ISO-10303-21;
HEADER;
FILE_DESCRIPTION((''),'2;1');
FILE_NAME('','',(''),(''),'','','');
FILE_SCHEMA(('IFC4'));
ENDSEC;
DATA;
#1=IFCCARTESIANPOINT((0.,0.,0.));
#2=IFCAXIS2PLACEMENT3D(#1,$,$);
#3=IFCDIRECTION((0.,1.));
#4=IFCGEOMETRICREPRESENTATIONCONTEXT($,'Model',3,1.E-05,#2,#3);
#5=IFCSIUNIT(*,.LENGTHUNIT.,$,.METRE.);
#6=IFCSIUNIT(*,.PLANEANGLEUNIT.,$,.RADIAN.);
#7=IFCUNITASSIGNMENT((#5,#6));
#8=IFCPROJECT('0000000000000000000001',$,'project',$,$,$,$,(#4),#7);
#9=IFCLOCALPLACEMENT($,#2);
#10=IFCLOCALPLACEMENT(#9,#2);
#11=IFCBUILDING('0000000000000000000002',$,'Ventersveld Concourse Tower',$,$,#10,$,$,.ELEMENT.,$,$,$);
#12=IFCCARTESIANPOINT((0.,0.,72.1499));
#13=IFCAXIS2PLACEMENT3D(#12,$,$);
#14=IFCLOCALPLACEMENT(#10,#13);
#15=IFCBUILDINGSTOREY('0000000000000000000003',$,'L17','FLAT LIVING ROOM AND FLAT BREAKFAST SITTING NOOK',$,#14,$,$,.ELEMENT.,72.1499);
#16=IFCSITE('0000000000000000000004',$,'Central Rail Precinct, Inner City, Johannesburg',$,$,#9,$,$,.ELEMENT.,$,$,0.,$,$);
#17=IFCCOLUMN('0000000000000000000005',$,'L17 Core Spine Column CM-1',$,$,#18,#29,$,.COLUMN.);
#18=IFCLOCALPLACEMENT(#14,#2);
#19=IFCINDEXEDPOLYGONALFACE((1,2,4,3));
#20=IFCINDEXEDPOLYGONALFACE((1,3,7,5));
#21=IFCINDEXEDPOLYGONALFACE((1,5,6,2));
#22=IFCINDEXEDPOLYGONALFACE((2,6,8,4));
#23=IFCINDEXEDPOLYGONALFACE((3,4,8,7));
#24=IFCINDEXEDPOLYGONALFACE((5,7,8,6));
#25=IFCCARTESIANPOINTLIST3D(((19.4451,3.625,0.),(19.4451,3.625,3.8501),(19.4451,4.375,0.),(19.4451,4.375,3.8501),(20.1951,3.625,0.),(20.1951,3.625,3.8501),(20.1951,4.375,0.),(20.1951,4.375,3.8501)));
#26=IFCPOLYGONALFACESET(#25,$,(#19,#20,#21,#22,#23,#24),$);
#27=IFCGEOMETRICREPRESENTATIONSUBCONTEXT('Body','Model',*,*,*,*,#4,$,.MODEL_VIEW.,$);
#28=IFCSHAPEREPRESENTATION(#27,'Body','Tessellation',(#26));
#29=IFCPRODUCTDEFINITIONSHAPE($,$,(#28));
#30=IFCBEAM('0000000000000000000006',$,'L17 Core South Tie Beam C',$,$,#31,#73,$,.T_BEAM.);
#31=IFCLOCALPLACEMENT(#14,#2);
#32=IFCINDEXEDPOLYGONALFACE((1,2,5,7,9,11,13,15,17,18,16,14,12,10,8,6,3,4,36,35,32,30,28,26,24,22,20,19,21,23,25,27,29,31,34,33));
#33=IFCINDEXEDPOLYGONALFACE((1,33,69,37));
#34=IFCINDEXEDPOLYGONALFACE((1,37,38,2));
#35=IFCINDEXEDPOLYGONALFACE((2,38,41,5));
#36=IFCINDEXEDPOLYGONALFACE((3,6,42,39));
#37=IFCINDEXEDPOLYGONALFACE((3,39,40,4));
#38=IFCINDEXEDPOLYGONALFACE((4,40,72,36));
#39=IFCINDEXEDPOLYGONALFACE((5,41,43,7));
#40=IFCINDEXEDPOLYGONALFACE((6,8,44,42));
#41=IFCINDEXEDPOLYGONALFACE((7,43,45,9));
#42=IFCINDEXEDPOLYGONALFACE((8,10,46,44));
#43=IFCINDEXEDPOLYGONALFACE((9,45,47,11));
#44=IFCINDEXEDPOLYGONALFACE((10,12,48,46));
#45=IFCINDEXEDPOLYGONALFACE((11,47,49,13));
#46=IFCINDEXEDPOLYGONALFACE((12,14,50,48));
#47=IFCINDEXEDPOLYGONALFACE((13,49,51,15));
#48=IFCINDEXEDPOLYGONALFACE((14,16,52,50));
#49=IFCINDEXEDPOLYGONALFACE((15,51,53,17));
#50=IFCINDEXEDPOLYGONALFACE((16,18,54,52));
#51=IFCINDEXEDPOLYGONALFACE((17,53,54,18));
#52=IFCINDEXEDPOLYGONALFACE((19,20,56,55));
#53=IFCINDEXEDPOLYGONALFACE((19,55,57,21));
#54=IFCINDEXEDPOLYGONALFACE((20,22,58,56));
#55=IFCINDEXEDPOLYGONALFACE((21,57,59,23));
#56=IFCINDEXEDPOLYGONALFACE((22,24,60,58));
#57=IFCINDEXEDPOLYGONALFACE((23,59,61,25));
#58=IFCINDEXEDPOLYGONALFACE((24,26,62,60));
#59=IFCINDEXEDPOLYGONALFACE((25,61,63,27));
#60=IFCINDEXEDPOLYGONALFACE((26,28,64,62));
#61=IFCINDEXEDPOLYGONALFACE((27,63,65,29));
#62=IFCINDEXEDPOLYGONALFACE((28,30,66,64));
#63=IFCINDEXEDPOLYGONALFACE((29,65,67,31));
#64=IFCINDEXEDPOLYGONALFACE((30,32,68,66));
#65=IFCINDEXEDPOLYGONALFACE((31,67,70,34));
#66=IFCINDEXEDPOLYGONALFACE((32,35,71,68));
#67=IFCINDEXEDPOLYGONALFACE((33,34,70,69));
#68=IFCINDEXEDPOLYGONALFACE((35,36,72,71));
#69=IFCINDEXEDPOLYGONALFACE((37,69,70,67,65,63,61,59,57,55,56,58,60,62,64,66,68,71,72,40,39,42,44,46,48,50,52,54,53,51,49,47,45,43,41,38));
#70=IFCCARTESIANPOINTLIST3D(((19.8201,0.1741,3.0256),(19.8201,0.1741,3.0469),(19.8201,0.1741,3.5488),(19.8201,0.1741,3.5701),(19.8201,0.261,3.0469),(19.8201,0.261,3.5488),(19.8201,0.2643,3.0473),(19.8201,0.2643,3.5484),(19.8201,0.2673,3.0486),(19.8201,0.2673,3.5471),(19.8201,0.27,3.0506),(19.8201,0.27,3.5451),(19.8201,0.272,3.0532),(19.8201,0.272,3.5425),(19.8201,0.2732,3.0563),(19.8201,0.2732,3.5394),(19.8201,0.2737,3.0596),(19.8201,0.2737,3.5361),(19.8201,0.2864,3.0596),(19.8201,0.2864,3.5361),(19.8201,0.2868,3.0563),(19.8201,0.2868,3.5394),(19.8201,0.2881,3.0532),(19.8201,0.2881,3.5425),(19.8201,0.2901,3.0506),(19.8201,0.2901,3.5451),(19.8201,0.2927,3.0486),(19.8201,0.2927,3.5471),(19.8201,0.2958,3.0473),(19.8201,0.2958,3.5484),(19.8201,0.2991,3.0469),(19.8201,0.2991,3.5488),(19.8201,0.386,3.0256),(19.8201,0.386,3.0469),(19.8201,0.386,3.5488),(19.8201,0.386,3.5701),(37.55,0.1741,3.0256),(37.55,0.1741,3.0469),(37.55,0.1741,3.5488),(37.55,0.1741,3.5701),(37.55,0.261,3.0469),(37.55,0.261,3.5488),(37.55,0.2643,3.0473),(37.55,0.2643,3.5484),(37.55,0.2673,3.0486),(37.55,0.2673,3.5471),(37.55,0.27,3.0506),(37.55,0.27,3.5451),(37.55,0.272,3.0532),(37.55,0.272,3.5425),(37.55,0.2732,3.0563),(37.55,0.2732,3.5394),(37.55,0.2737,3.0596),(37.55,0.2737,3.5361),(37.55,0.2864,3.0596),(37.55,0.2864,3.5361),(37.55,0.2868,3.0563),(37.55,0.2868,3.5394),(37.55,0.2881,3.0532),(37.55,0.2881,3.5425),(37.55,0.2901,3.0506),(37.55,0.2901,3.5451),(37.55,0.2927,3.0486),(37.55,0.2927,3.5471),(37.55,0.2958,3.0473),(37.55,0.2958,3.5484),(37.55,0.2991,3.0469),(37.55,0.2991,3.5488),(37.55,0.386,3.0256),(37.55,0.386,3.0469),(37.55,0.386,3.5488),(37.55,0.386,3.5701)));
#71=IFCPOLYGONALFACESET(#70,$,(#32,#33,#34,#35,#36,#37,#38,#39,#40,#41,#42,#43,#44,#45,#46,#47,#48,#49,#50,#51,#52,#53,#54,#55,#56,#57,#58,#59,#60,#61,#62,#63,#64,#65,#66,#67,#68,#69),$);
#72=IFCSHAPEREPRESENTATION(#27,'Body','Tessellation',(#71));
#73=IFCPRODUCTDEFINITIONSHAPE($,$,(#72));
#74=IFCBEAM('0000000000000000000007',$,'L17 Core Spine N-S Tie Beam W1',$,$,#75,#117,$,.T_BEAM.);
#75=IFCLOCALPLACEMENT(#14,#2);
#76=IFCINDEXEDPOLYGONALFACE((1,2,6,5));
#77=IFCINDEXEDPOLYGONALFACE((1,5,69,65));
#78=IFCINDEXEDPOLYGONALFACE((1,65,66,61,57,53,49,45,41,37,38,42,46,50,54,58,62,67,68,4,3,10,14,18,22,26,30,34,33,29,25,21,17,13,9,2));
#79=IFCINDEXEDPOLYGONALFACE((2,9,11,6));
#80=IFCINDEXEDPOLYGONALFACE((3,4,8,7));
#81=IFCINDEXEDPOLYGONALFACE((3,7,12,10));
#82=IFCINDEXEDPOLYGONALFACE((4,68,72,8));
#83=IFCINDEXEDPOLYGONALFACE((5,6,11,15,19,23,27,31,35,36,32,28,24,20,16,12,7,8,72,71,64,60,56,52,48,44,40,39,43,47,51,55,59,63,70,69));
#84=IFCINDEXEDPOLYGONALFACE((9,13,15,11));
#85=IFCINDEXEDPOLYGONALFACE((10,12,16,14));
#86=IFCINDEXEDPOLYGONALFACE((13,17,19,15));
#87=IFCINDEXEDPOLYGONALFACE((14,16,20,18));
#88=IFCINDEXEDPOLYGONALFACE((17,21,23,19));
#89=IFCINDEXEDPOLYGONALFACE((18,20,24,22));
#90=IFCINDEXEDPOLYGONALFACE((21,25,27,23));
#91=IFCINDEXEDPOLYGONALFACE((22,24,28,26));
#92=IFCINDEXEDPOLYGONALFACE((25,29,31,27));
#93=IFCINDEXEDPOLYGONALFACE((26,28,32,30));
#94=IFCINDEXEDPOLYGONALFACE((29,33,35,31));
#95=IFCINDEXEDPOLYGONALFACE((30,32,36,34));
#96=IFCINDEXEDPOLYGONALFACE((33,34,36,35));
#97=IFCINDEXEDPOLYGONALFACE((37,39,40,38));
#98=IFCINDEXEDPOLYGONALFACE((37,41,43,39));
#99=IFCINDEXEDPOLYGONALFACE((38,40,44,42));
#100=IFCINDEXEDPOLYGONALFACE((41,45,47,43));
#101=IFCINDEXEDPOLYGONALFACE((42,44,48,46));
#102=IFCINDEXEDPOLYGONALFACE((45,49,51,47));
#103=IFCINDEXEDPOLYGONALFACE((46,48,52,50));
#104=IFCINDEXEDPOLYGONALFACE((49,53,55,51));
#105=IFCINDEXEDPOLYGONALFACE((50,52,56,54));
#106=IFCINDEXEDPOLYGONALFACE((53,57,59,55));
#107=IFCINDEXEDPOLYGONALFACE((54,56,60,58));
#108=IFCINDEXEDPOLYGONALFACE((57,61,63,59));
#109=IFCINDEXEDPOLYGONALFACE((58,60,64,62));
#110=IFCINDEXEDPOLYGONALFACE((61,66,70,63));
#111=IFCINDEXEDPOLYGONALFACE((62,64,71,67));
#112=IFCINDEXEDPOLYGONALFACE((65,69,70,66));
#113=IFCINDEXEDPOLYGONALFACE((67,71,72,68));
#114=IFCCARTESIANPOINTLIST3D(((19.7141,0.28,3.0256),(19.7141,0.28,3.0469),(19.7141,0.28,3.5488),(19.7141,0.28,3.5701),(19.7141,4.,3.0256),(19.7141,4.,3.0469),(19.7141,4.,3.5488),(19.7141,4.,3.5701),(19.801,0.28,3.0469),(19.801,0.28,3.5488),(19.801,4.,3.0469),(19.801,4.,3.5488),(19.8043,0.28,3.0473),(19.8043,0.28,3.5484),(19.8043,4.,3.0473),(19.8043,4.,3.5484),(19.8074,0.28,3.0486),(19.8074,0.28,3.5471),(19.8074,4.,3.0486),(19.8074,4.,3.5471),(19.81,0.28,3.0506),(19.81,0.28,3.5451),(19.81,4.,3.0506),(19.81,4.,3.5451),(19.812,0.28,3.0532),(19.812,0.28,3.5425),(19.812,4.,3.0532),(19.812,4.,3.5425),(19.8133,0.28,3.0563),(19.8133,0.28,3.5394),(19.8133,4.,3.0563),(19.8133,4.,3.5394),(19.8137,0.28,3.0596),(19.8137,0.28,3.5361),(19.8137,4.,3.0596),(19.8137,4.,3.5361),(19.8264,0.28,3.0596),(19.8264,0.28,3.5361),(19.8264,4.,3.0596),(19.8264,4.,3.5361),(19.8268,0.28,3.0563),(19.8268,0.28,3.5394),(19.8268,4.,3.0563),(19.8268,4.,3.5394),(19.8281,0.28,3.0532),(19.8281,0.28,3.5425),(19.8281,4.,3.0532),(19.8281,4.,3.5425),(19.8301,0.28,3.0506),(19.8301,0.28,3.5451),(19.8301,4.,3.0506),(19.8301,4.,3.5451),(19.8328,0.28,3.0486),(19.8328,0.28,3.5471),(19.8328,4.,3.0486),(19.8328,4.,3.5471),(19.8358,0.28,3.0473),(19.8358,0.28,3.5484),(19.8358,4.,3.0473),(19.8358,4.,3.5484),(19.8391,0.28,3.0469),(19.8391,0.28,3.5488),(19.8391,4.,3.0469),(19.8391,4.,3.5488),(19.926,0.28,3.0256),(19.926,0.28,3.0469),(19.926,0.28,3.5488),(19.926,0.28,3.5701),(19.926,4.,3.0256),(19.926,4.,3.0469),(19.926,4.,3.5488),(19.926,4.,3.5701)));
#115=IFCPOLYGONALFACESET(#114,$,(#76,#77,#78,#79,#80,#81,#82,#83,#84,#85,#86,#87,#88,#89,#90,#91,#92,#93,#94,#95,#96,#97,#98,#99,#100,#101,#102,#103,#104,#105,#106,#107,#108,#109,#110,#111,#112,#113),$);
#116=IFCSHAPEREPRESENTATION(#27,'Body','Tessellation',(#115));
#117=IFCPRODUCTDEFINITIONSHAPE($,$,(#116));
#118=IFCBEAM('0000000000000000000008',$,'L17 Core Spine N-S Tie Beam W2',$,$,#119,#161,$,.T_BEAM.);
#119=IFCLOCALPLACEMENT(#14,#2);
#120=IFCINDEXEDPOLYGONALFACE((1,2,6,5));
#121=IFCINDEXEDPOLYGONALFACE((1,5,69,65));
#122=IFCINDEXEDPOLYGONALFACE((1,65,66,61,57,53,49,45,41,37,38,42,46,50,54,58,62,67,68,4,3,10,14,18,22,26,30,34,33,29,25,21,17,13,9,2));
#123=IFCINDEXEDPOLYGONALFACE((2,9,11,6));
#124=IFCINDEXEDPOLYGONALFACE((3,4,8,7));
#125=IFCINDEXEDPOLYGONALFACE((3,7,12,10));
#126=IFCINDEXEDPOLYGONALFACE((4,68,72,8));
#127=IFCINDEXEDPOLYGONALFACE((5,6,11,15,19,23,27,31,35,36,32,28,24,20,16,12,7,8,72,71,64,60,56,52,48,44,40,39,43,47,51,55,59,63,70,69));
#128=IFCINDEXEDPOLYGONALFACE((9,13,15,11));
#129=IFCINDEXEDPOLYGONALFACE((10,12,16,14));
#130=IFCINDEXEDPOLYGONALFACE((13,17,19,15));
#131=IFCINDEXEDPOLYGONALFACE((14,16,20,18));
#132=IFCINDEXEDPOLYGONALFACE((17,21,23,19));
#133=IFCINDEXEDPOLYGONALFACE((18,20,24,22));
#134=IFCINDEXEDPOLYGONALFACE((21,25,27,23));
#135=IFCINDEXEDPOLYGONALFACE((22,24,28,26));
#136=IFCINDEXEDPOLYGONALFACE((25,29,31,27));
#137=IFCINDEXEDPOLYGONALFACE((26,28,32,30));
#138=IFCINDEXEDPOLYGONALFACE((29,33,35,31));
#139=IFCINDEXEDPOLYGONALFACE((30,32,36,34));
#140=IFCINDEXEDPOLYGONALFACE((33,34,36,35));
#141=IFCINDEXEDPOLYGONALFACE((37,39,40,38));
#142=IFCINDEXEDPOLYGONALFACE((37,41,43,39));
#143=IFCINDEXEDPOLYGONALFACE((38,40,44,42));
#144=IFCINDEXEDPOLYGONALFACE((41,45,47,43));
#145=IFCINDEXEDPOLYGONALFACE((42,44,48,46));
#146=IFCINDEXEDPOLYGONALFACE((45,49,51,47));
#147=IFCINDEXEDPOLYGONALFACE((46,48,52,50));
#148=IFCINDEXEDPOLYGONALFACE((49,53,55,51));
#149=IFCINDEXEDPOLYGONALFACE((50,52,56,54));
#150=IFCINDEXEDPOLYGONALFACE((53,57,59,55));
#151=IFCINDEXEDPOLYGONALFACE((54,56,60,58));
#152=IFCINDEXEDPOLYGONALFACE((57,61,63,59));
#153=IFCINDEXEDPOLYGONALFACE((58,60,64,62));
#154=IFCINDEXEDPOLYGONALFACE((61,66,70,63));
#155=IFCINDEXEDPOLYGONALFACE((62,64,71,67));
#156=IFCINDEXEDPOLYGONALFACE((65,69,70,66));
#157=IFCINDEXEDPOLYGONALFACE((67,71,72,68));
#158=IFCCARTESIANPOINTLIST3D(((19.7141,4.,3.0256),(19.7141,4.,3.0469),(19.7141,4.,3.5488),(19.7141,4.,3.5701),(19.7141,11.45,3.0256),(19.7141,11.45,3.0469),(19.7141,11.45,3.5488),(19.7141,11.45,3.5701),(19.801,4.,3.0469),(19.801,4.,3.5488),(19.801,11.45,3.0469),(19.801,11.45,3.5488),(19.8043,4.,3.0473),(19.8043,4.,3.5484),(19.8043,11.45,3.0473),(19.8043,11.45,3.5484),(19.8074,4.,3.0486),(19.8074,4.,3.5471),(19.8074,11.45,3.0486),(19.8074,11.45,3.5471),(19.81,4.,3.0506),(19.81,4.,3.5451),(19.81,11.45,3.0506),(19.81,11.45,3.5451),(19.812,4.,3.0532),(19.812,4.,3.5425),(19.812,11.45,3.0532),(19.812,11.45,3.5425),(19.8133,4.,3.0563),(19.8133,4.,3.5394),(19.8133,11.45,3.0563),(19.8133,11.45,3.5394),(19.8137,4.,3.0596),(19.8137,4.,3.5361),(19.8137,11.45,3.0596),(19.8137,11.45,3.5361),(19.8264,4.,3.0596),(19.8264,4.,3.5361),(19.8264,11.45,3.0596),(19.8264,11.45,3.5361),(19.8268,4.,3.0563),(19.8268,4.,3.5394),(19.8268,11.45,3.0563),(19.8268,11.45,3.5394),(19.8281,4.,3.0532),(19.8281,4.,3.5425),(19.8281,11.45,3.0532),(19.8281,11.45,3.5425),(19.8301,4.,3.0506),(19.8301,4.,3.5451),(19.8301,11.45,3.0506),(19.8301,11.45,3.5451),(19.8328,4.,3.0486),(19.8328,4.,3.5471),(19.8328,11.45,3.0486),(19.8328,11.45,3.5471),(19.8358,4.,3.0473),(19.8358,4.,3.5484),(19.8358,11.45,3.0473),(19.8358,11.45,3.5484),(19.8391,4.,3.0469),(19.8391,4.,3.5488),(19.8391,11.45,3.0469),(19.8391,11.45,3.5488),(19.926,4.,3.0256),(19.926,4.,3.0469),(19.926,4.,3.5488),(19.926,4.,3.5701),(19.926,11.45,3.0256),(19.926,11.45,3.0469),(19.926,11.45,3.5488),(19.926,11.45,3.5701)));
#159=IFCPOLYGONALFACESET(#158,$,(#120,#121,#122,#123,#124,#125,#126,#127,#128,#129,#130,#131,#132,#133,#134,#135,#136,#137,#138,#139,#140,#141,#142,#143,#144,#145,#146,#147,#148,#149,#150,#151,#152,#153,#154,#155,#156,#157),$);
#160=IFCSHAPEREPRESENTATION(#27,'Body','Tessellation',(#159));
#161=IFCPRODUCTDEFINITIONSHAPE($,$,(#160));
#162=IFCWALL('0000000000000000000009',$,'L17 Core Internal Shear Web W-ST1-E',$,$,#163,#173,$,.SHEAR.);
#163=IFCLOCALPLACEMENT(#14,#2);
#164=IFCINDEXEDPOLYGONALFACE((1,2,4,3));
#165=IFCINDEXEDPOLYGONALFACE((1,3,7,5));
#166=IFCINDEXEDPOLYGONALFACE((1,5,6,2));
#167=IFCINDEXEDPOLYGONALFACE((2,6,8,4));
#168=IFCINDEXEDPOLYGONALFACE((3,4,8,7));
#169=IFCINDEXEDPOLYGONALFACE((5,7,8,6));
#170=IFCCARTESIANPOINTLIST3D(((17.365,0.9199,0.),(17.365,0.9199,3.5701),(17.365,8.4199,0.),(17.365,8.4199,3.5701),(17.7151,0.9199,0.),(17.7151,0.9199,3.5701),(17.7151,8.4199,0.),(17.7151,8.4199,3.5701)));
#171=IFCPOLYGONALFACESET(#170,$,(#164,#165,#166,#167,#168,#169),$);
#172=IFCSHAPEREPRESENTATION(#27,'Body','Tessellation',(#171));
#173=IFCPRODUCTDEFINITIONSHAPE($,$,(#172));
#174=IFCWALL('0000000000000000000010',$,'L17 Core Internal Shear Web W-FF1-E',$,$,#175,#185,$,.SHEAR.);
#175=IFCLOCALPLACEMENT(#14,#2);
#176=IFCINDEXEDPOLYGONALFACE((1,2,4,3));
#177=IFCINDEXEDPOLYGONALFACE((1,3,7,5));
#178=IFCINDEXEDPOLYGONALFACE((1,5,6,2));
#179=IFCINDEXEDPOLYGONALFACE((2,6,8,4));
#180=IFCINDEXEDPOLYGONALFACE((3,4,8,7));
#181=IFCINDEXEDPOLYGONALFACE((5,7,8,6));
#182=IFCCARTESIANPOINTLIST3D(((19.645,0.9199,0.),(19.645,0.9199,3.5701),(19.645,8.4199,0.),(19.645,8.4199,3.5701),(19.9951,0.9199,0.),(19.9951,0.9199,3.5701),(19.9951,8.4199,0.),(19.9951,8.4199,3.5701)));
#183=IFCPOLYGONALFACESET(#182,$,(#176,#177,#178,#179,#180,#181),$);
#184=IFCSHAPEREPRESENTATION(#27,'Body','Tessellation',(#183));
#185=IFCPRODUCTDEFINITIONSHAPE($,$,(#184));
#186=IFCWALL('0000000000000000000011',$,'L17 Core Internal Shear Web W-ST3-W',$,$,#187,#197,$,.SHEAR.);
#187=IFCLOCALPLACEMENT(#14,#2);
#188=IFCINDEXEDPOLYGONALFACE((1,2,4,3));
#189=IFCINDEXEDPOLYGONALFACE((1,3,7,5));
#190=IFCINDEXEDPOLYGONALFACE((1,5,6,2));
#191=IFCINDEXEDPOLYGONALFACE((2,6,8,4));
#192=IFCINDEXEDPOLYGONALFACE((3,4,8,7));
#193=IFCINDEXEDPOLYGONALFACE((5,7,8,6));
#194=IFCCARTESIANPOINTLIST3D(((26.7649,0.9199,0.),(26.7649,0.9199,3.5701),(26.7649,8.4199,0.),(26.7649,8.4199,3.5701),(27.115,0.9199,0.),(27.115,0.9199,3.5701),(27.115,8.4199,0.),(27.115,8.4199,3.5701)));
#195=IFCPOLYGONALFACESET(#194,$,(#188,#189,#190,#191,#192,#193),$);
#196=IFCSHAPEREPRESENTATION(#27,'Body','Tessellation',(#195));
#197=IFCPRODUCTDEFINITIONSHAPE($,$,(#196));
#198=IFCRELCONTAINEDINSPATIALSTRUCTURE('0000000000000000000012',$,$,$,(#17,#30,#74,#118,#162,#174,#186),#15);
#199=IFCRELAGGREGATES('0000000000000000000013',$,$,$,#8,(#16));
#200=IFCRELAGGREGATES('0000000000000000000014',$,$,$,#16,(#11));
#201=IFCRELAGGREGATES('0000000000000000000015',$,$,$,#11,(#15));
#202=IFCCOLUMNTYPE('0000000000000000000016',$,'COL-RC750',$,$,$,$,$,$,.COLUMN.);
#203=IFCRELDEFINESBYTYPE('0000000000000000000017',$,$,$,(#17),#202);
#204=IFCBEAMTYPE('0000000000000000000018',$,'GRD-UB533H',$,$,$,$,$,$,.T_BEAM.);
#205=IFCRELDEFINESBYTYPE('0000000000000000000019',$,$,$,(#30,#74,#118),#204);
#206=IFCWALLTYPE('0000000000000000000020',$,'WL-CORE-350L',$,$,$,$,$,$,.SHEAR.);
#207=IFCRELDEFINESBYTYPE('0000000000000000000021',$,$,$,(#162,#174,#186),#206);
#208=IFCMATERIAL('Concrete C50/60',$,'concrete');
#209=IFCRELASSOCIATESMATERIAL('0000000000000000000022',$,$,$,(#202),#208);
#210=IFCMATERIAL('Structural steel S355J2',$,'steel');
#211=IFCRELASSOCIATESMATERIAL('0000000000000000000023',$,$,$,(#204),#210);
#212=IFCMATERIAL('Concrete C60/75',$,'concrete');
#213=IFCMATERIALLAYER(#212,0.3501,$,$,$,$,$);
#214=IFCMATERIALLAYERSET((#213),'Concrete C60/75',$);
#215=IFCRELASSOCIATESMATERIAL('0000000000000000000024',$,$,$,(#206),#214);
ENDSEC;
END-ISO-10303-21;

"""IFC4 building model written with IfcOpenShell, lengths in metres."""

from ifc_helpers import new_model, si_unit, direction, frame, frame_2d, origin, origin_2d, place, context, subcontext, project, spatial, rectangle, i_section, extrude, material, layer, layer_set, material_profile, profile_set, type_object, element, save


model = new_model("IFC4")

# Units and contexts
model_context = context("Model", 3, precision=1e-05, world=origin(), true_north=direction((0.0, 1.0)))
body_context = subcontext(model_context, "Body", "Model", "MODEL_VIEW")
ifc_project = project(units=[si_unit("LENGTHUNIT", "METRE"), si_unit("PLANEANGLEUNIT", "RADIAN")], contexts=[model_context])

# Site, building, storey
site_placement = place(None, origin())
site = spatial("IfcSite", under=ifc_project, at=site_placement, Name="Central Rail Precinct, Inner City, Johannesburg", CompositionType="ELEMENT", RefElevation=0.0)
building_placement = place(site_placement, origin())
building = spatial("IfcBuilding", under=site, at=building_placement, Name="Ventersveld Concourse Tower", CompositionType="ELEMENT")
storey_placement = place(building_placement, frame((0.0, 0.0, 72.1499)))
storey = spatial("IfcBuildingStorey", under=building, at=storey_placement, Name="L17", Description="FLAT LIVING ROOM AND FLAT BREAKFAST SITTING NOOK", CompositionType="ELEMENT", Elevation=72.1499)

# Column
ifc_material_1 = material(Name="Concrete C50/60", Category="concrete")
ifc_material_profile_1 = material_profile(ifc_material_1, rectangle(XDim=0.75, YDim=0.75, at=origin_2d()), Name="RC 750x750")
ifc_profile_set_1 = profile_set([ifc_material_profile_1], Name="Concrete C50/60")
column_type = type_object("IfcColumnType", Name="COL-RC750", PredefinedType="COLUMN", material=ifc_profile_set_1)
column_placement = place(storey_placement, frame((19.8201, 4.0, 0.0), z_axis=(0.0, 0.0, 1.0), x_axis=(1.0, 0.0, 0.0)))
element("IfcColumn", 1, at=column_placement, inside=storey, type_object=column_type, Name="L17 Core Spine Column CM-1", PredefinedType="COLUMN", context=body_context, shape_type="SweptSolid", body=[
    extrude(rectangle(XDim=0.75, YDim=0.75, at=origin_2d()), origin(), (0.0, 0.0, 1.0), 3.8501),
])

# Beams
ifc_material_2 = material(Name="Structural steel S355J2", Category="steel")
ifc_material_profile_2 = material_profile(ifc_material_2, i_section(OverallWidth=0.2119, OverallDepth=0.5444, WebThickness=0.0127, FlangeThickness=0.0212, FilletRadius=0.0127, at=origin_2d()), Name="UB 533x210x122")
ifc_profile_set_2 = profile_set([ifc_material_profile_2], Name="Structural steel S355J2")
beam_type = type_object("IfcBeamType", Name="GRD-UB533H", PredefinedType="T_BEAM", material=ifc_profile_set_2)
beam_1_placement = place(storey_placement, frame((19.8201, 0.28, 3.2979), z_axis=(1.0, 0.0, 0.0), x_axis=(0.0, 1.0, 0.0)))
element("IfcBeam", 2, at=beam_1_placement, inside=storey, type_object=beam_type, Name="L17 Core South Tie Beam C", PredefinedType="T_BEAM", context=body_context, shape_type="SweptSolid", body=[
    extrude(i_section(OverallWidth=0.2119, OverallDepth=0.5444, WebThickness=0.0127, FlangeThickness=0.0212, FilletRadius=0.0127, at=origin_2d()), origin(), (0.0, 0.0, 1.0), 17.73),
])
beam_2_placement = place(storey_placement, frame((19.8201, 0.28, 3.2979), z_axis=(0.0, 1.0, 0.0), x_axis=(-1.0, 0.0, 0.0)))
element("IfcBeam", 3, at=beam_2_placement, inside=storey, type_object=beam_type, Name="L17 Core Spine N-S Tie Beam W1", PredefinedType="T_BEAM", context=body_context, shape_type="SweptSolid", body=[
    extrude(i_section(OverallWidth=0.2119, OverallDepth=0.5444, WebThickness=0.0127, FlangeThickness=0.0212, FilletRadius=0.0127, at=origin_2d()), origin(), (0.0, 0.0, 1.0), 3.72),
])
beam_3_placement = place(storey_placement, frame((19.8201, 4.0, 3.2979), z_axis=(0.0, 1.0, 0.0), x_axis=(-1.0, 0.0, 0.0)))
element("IfcBeam", 4, at=beam_3_placement, inside=storey, type_object=beam_type, Name="L17 Core Spine N-S Tie Beam W2", PredefinedType="T_BEAM", context=body_context, shape_type="SweptSolid", body=[
    extrude(i_section(OverallWidth=0.2119, OverallDepth=0.5444, WebThickness=0.0127, FlangeThickness=0.0212, FilletRadius=0.0127, at=origin_2d()), origin(), (0.0, 0.0, 1.0), 7.45),
])

# Walls
ifc_material_3 = material(Name="Concrete C60/75", Category="concrete")
ifc_layer_1 = layer(ifc_material_3, 0.3501)
ifc_layer_set_1 = layer_set([ifc_layer_1], Name="Concrete C60/75")
wall_type_1 = type_object("IfcWallType", Name="WL-CORE-350L", PredefinedType="SHEAR", material=ifc_layer_set_1)
for number, where, z_axis, x_axis, name in (
    (5, (17.54, 0.9199, 0.0), (0.0, 0.0, 1.0), (0.0, 1.0, 0.0), "L17 Core Internal Shear Web W-ST1-E"),
    (6, (19.8201, 0.9199, 0.0), (0.0, 0.0, 1.0), (0.0, 1.0, 0.0), "L17 Core Internal Shear Web W-FF1-E"),
    (7, (26.9399, 0.9199, 0.0), (0.0, 0.0, 1.0), (0.0, 1.0, 0.0), "L17 Core Internal Shear Web W-ST3-W"),
):
    element("IfcWall", number, at=place(storey_placement, frame(where, z_axis=z_axis, x_axis=x_axis)), inside=storey, type_object=wall_type_1, Name=name, PredefinedType="SHEAR", context=body_context, shape_type="SweptSolid", body=[
        extrude(rectangle(XDim=7.5, YDim=0.3501, at=frame_2d((3.75, 0.0))), origin(), (0.0, 0.0, 1.0), 3.5701),
    ])

save(model, "model.ifc")
